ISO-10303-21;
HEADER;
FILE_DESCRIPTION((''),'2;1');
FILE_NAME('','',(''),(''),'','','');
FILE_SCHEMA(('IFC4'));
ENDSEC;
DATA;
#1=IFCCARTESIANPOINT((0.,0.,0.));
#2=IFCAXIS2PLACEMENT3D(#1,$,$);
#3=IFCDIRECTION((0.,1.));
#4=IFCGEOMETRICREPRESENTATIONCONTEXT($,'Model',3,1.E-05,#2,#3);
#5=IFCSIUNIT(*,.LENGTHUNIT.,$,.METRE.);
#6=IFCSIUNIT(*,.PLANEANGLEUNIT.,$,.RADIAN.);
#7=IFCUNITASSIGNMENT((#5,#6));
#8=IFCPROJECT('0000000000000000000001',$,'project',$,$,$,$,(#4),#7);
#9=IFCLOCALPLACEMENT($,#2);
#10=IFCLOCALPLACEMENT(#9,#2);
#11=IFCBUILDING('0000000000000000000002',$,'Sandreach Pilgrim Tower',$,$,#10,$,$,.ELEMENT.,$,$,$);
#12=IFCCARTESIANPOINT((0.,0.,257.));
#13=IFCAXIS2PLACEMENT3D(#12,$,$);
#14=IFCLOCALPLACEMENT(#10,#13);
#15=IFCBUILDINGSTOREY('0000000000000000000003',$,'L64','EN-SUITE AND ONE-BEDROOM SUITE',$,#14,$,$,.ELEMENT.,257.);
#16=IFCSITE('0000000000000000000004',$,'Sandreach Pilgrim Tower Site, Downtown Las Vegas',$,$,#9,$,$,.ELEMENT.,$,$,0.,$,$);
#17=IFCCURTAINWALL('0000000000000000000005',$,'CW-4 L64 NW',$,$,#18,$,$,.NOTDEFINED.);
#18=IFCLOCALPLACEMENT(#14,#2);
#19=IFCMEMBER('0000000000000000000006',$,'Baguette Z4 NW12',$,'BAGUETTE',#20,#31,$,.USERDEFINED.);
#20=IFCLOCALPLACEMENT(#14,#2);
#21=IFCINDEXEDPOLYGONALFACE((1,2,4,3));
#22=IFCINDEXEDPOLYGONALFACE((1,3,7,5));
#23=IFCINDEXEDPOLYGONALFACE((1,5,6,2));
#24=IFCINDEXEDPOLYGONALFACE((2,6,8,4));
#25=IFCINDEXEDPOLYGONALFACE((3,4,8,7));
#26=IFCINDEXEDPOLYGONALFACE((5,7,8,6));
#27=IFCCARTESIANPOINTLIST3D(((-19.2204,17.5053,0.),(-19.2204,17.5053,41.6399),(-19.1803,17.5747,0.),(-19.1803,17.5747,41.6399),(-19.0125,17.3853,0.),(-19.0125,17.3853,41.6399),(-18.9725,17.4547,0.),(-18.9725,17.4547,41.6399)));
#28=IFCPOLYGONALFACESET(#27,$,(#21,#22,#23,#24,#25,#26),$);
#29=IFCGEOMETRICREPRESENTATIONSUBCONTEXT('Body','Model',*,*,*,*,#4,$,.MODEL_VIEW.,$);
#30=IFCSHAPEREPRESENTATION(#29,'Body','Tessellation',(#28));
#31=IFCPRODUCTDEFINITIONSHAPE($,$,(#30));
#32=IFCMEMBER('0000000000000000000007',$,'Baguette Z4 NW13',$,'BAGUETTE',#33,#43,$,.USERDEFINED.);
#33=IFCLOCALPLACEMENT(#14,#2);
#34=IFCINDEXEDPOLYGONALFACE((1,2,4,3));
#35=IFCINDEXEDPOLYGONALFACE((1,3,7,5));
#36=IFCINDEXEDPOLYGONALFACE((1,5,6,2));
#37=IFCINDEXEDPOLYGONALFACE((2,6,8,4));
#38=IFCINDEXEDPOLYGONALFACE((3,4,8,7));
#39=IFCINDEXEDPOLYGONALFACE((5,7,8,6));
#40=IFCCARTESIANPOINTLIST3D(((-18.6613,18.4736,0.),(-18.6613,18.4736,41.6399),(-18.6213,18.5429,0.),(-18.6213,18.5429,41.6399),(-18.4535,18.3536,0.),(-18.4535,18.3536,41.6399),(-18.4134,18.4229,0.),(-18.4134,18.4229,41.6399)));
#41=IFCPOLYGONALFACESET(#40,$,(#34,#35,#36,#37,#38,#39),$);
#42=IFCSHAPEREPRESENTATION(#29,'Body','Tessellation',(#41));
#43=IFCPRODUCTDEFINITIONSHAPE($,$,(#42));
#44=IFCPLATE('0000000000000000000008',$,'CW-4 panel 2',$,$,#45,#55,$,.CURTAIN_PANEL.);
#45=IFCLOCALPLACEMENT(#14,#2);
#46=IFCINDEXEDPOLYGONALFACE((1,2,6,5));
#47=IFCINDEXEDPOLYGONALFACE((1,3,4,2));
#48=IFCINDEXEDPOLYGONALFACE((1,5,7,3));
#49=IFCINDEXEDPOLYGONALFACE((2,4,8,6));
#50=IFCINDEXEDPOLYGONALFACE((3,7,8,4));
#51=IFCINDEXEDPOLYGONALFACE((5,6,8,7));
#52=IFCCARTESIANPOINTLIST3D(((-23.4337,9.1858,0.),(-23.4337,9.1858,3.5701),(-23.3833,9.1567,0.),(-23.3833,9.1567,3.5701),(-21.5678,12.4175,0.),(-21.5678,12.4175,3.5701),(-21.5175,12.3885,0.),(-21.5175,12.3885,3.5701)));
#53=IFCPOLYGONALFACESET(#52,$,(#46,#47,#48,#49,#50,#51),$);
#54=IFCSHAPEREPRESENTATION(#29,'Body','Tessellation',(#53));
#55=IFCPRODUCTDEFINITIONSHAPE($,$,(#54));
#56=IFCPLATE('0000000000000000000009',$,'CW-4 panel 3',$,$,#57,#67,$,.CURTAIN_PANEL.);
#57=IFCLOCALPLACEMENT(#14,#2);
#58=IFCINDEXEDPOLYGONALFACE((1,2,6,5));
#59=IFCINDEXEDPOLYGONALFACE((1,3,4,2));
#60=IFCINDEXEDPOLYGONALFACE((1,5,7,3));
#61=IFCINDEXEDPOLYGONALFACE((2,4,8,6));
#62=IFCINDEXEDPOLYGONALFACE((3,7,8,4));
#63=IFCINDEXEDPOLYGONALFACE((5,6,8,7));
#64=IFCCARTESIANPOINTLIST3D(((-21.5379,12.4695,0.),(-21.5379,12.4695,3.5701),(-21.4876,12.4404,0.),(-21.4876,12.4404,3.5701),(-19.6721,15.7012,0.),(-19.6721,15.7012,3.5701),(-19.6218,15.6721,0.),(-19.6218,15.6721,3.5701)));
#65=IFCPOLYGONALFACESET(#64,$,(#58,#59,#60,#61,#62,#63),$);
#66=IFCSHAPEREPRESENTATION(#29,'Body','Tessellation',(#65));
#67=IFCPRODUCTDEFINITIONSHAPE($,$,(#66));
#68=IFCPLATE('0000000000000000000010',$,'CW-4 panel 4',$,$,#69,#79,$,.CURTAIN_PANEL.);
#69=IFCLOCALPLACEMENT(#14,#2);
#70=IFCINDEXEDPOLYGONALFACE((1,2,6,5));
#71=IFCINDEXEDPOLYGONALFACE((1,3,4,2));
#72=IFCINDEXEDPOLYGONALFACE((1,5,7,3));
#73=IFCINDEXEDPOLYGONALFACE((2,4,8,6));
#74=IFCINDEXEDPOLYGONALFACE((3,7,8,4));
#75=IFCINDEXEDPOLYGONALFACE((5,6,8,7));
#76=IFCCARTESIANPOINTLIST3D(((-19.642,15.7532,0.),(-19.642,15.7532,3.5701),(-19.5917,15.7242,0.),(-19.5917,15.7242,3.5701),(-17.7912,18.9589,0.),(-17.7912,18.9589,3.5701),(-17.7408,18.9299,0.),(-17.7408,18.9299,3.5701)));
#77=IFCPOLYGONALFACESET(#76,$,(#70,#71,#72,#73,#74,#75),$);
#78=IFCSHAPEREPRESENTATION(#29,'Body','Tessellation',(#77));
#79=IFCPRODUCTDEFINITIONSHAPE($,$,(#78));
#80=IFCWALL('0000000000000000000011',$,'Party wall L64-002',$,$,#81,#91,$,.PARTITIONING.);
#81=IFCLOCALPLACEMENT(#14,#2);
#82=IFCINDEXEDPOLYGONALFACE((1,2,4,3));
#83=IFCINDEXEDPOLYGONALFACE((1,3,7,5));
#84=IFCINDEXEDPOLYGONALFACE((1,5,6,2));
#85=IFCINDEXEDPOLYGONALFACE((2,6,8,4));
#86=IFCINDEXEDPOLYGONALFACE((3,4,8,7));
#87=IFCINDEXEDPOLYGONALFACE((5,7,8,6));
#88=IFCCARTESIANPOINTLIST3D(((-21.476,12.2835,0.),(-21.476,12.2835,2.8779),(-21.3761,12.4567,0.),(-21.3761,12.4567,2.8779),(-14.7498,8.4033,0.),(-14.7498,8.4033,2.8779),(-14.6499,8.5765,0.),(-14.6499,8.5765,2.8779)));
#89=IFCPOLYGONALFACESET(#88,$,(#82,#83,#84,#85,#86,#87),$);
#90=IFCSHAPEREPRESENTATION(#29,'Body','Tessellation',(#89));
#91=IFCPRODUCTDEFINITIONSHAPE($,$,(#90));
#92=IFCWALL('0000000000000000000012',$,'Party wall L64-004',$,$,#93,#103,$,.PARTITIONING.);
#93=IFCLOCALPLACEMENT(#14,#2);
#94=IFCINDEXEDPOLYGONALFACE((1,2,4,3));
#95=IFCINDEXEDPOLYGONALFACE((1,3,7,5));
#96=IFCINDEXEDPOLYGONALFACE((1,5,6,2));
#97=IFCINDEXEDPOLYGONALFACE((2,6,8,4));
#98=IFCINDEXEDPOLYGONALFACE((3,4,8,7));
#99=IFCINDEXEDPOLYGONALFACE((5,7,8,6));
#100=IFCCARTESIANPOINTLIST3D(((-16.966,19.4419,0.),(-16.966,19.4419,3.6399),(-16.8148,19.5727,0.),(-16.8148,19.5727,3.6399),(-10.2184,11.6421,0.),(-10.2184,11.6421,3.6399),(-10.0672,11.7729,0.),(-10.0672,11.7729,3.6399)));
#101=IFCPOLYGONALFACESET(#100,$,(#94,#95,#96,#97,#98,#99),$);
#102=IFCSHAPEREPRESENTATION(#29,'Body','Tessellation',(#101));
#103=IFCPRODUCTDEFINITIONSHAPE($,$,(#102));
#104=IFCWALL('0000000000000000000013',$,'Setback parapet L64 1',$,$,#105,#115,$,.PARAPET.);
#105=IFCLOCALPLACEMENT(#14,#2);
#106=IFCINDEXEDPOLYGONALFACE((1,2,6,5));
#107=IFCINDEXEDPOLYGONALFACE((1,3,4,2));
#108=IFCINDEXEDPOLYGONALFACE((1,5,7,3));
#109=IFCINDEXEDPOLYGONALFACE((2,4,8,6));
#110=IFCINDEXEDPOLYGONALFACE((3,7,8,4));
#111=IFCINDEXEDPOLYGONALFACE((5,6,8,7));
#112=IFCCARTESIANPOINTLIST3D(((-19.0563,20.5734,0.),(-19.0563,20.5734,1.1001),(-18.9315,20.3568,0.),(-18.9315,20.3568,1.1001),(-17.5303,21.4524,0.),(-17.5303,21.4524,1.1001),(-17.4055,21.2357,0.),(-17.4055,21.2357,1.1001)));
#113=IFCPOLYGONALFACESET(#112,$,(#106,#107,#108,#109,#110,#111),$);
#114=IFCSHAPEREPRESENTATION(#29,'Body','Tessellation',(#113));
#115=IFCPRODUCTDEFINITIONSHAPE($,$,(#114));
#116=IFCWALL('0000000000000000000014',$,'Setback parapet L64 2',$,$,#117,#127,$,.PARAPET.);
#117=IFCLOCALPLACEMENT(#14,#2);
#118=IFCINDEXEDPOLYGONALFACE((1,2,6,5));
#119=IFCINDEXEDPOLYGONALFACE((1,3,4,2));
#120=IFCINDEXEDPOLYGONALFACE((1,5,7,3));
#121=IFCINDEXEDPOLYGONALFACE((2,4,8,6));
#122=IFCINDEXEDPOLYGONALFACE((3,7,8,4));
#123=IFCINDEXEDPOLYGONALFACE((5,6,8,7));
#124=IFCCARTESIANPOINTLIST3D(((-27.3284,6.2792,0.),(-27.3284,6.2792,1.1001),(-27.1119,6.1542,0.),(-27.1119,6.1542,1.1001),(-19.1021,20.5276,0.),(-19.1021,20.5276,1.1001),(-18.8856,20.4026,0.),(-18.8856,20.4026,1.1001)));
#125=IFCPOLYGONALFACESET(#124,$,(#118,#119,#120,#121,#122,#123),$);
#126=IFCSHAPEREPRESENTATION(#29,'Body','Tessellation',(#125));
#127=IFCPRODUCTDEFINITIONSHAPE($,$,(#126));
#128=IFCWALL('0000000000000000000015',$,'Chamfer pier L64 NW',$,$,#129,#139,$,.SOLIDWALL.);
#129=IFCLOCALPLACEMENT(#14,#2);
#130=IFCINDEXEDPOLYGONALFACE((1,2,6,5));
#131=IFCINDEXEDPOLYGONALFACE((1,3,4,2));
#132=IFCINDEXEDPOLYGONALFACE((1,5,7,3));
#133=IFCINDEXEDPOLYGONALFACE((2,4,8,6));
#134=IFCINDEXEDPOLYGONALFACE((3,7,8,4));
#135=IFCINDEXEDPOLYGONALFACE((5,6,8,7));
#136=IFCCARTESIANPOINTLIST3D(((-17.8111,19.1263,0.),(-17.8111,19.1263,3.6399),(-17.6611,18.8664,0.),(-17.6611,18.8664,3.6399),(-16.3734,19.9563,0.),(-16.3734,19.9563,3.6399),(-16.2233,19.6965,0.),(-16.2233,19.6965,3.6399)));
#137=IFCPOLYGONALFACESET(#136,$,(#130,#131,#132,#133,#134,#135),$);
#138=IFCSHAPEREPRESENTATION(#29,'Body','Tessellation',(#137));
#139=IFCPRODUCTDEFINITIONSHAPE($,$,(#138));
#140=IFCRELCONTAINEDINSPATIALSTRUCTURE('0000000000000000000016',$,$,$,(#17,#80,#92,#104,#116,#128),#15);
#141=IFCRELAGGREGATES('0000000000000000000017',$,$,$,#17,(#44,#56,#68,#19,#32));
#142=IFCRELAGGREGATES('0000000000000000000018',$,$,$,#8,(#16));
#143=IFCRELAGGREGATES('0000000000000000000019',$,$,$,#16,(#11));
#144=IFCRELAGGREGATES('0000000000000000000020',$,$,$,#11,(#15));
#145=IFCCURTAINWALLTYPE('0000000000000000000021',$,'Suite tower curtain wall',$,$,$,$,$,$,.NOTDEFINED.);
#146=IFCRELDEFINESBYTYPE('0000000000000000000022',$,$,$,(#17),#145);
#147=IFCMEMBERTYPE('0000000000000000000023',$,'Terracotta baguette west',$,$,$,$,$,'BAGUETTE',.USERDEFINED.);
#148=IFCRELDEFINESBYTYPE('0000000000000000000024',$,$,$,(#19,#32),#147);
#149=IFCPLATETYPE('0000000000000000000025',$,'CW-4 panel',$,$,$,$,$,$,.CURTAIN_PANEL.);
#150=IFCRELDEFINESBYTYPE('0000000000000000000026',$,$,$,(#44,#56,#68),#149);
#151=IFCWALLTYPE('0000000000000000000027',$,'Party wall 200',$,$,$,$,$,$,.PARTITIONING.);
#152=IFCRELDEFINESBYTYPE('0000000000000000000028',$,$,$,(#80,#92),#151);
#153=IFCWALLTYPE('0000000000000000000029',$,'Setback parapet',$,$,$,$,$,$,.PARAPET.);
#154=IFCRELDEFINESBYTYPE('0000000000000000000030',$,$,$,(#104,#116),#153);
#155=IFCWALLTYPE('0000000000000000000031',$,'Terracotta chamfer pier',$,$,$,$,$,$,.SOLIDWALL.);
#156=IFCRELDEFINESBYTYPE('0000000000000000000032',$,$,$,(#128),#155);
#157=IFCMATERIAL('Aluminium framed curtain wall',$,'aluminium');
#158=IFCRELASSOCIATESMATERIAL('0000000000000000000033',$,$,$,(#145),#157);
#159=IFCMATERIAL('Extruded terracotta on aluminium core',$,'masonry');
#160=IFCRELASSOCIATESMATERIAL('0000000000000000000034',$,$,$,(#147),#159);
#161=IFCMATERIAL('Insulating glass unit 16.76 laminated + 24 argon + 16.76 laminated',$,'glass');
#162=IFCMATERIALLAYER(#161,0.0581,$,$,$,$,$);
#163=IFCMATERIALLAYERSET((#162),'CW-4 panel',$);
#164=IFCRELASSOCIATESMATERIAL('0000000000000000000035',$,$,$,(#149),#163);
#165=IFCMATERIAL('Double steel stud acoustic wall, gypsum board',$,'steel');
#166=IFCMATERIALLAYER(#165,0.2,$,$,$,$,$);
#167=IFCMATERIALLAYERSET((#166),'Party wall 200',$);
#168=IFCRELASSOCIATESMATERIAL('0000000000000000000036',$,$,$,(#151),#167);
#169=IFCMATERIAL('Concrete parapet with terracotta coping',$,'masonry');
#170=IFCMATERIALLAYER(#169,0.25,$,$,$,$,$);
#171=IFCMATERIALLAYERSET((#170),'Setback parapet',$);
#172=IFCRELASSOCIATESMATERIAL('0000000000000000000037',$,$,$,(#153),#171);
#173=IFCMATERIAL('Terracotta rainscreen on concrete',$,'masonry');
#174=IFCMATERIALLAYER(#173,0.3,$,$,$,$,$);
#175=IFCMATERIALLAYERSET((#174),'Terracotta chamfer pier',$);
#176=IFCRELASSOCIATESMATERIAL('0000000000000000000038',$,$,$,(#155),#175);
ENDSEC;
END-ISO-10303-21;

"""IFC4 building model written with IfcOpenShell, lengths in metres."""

from ifc_helpers import new_model, si_unit, direction, frame, frame_2d, origin, origin_2d, place, context, subcontext, project, spatial, rectangle, extrude, material, layer, layer_set, material_profile, profile_set, type_object, element, aggregate, save


model = new_model("IFC4")

# Units and contexts
model_context = context("Model", 3, precision=1e-05, world=origin(), true_north=direction((0.0, 1.0)))
body_context = subcontext(model_context, "Body", "Model", "MODEL_VIEW")
ifc_project = project(units=[si_unit("LENGTHUNIT", "METRE"), si_unit("PLANEANGLEUNIT", "RADIAN")], contexts=[model_context])

# Site, building, storey
site_placement = place(None, origin())
site = spatial("IfcSite", under=ifc_project, at=site_placement, Name="Sandreach Pilgrim Tower Site, Downtown Las Vegas", CompositionType="ELEMENT", RefElevation=0.0)
building_placement = place(site_placement, origin())
building = spatial("IfcBuilding", under=site, at=building_placement, Name="Sandreach Pilgrim Tower", CompositionType="ELEMENT")
storey_placement = place(building_placement, frame((0.0, 0.0, 257.0)))
storey = spatial("IfcBuildingStorey", under=building, at=storey_placement, Name="L64", Description="EN-SUITE AND ONE-BEDROOM SUITE", CompositionType="ELEMENT", Elevation=257.0)

# Shared definitions
ifc_material_1 = material(Name="Aluminium framed curtain wall", Category="aluminium")
curtain_wall_type = type_object("IfcCurtainWallType", Name="Suite tower curtain wall", PredefinedType="NOTDEFINED", material=ifc_material_1)

# Curtain wall
curtain_wall_1_placement = place(storey_placement, origin())
curtain_wall_1 = element("IfcCurtainWall", 1, at=curtain_wall_1_placement, inside=storey, type_object=curtain_wall_type, Name="CW-4 L64 NW", PredefinedType="NOTDEFINED")

# Members
ifc_material_2 = material(Name="Extruded terracotta on aluminium core", Category="masonry")
ifc_material_profile_1 = material_profile(ifc_material_2, rectangle(XDim=0.0801, YDim=0.24, at=origin_2d()), Name="TBW 80X240")
ifc_profile_set_1 = profile_set([ifc_material_profile_1], Name="Extruded terracotta on aluminium core")
member_type_1 = type_object("IfcMemberType", Name="Terracotta baguette west", ElementType="BAGUETTE", PredefinedType="USERDEFINED", material=ifc_profile_set_1)
member_1_placement = place(storey_placement, frame((-19.0964, 17.48, 0.0), z_axis=(0.0, 0.0, 1.0), x_axis=(0.5, 0.866025, 0.0)))
member_1 = element("IfcMember", 2, at=member_1_placement, type_object=member_type_1, Name="Baguette Z4 NW12", ObjectType="BAGUETTE", PredefinedType="USERDEFINED", context=body_context, shape_type="SweptSolid", body=[
    extrude(rectangle(XDim=0.0801, YDim=0.24, at=origin_2d()), origin(), (0.0, 0.0, 1.0), 41.6399),
])
member_2_placement = place(storey_placement, frame((-18.5374, 18.4482, 0.0), z_axis=(0.0, 0.0, 1.0), x_axis=(0.5, 0.866025, 0.0)))
member_2 = element("IfcMember", 3, at=member_2_placement, type_object=member_type_1, Name="Baguette Z4 NW13", ObjectType="BAGUETTE", PredefinedType="USERDEFINED", context=body_context, shape_type="SweptSolid", body=[
    extrude(rectangle(XDim=0.0801, YDim=0.24, at=origin_2d()), origin(), (0.0, 0.0, 1.0), 41.6399),
])

# Plates
ifc_material_3 = material(Name="Insulating glass unit 16.76 laminated + 24 argon + 16.76 laminated", Category="glass")
ifc_layer_1 = layer(ifc_material_3, 0.0581)
ifc_layer_set_1 = layer_set([ifc_layer_1], Name="CW-4 panel")
plate_type = type_object("IfcPlateType", Name="CW-4 panel", PredefinedType="CURTAIN_PANEL", material=ifc_layer_set_1)
plate_1_placement = place(storey_placement, frame((-22.4756, 10.7871, 0.0), z_axis=(0.0, 0.0, 1.0), x_axis=(0.5, 0.866025, 0.0)))
plate_1 = element("IfcPlate", 4, at=plate_1_placement, type_object=plate_type, Name="CW-4 panel 2", PredefinedType="CURTAIN_PANEL", context=body_context, shape_type="SweptSolid", body=[
    extrude(rectangle(XDim=3.7317, YDim=0.0581, at=origin_2d()), origin(), (0.0, 0.0, 1.0), 3.5701),
])
plate_2_placement = place(storey_placement, frame((-20.5798, 14.0708, 0.0), z_axis=(0.0, 0.0, 1.0), x_axis=(0.5, 0.866025, 0.0)))
plate_2 = element("IfcPlate", 5, at=plate_2_placement, type_object=plate_type, Name="CW-4 panel 3", PredefinedType="CURTAIN_PANEL", context=body_context, shape_type="SweptSolid", body=[
    extrude(rectangle(XDim=3.7317, YDim=0.0581, at=origin_2d()), origin(), (0.0, 0.0, 1.0), 3.5701),
])
plate_3_placement = place(storey_placement, frame((-18.6914, 17.3416, 0.0), z_axis=(0.0, 0.0, 1.0), x_axis=(0.5, 0.866025, 0.0)))
plate_3 = element("IfcPlate", 6, at=plate_3_placement, type_object=plate_type, Name="CW-4 panel 4", PredefinedType="CURTAIN_PANEL", context=body_context, shape_type="SweptSolid", body=[
    extrude(rectangle(XDim=3.7017, YDim=0.0581, at=origin_2d()), origin(), (0.0, 0.0, 1.0), 3.5701),
])
aggregate(curtain_wall_1, [plate_1, plate_2, plate_3, member_1, member_2])

# Walls
ifc_material_4 = material(Name="Double steel stud acoustic wall, gypsum board", Category="steel")
ifc_layer_2 = layer(ifc_material_4, 0.2)
ifc_layer_set_2 = layer_set([ifc_layer_2], Name="Party wall 200")
wall_type_1 = type_object("IfcWallType", Name="Party wall 200", PredefinedType="PARTITIONING", material=ifc_layer_set_2)
wall_1_placement = place(storey_placement, frame((-21.426, 12.3701, 0.0), z_axis=(0.0, 0.0, 1.0), x_axis=(0.866202, -0.499693, 0.0)))
element("IfcWall", 7, at=wall_1_placement, inside=storey, type_object=wall_type_1, Name="Party wall L64-002", PredefinedType="PARTITIONING", context=body_context, shape_type="SweptSolid", body=[
    extrude(rectangle(XDim=7.7651, YDim=0.2, at=frame_2d((3.8826, 0.0))), origin(), (0.0, 0.0, 1.0), 2.8779),
])
wall_2_placement = place(storey_placement, frame((-16.8904, 19.5073, 0.0), z_axis=(0.0, 0.0, 1.0), x_axis=(0.654251, -0.756278, 0.0)))
element("IfcWall", 8, at=wall_2_placement, inside=storey, type_object=wall_type_1, Name="Party wall L64-004", PredefinedType="PARTITIONING", context=body_context, shape_type="SweptSolid", body=[
    extrude(rectangle(XDim=10.3135, YDim=0.2, at=frame_2d((5.1567, 0.0))), origin(), (0.0, 0.0, 1.0), 3.6399),
])
ifc_material_5 = material(Name="Concrete parapet with terracotta coping", Category="masonry")
ifc_layer_3 = layer(ifc_material_5, 0.25)
ifc_layer_set_3 = layer_set([ifc_layer_3], Name="Setback parapet")
wall_type_2 = type_object("IfcWallType", Name="Setback parapet", PredefinedType="PARAPET", material=ifc_layer_set_3)
wall_3_placement = place(storey_placement, frame((-17.468, 21.344, 0.0), z_axis=(0.0, 0.0, 1.0), x_axis=(-0.866532, -0.499122, 0.0)))
element("IfcWall", 9, at=wall_3_placement, inside=storey, type_object=wall_type_2, Name="Setback parapet L64 1", PredefinedType="PARAPET", context=body_context, shape_type="SweptSolid", body=[
    extrude(rectangle(XDim=1.761, YDim=0.25, at=frame_2d((0.8804, 0.0))), origin(), (0.0, 0.0, 1.0), 1.1001),
])
wall_4_placement = place(storey_placement, frame((-18.9939, 20.4651, 0.0), z_axis=(0.0, 0.0, 1.0), x_axis=(-0.499996, -0.866027, 0.0)))
element("IfcWall", 10, at=wall_4_placement, inside=storey, type_object=wall_type_2, Name="Setback parapet L64 2", PredefinedType="PARAPET", context=body_context, shape_type="SweptSolid", body=[
    extrude(rectangle(XDim=16.4526, YDim=0.25, at=frame_2d((8.2263, 0.0))), origin(), (0.0, 0.0, 1.0), 1.1001),
])
ifc_material_6 = material(Name="Terracotta rainscreen on concrete", Category="masonry")
ifc_layer_4 = layer(ifc_material_6, 0.3)
ifc_layer_set_4 = layer_set([ifc_layer_4], Name="Terracotta chamfer pier")
wall_type_3 = type_object("IfcWallType", Name="Terracotta chamfer pier", PredefinedType="SOLIDWALL", material=ifc_layer_set_4)
wall_5_placement = place(storey_placement, frame((-17.7361, 18.9963, 0.0), z_axis=(0.0, 0.0, 1.0), x_axis=(0.866026, 0.499998, 0.0)))
element("IfcWall", 11, at=wall_5_placement, inside=storey, type_object=wall_type_3, Name="Chamfer pier L64 NW", PredefinedType="SOLIDWALL", context=body_context, shape_type="SweptSolid", body=[
    extrude(rectangle(XDim=1.6602, YDim=0.3, at=frame_2d((0.8301, 0.0))), origin(), (0.0, 0.0, 1.0), 3.6399),
])

save(model, "model.ifc")
